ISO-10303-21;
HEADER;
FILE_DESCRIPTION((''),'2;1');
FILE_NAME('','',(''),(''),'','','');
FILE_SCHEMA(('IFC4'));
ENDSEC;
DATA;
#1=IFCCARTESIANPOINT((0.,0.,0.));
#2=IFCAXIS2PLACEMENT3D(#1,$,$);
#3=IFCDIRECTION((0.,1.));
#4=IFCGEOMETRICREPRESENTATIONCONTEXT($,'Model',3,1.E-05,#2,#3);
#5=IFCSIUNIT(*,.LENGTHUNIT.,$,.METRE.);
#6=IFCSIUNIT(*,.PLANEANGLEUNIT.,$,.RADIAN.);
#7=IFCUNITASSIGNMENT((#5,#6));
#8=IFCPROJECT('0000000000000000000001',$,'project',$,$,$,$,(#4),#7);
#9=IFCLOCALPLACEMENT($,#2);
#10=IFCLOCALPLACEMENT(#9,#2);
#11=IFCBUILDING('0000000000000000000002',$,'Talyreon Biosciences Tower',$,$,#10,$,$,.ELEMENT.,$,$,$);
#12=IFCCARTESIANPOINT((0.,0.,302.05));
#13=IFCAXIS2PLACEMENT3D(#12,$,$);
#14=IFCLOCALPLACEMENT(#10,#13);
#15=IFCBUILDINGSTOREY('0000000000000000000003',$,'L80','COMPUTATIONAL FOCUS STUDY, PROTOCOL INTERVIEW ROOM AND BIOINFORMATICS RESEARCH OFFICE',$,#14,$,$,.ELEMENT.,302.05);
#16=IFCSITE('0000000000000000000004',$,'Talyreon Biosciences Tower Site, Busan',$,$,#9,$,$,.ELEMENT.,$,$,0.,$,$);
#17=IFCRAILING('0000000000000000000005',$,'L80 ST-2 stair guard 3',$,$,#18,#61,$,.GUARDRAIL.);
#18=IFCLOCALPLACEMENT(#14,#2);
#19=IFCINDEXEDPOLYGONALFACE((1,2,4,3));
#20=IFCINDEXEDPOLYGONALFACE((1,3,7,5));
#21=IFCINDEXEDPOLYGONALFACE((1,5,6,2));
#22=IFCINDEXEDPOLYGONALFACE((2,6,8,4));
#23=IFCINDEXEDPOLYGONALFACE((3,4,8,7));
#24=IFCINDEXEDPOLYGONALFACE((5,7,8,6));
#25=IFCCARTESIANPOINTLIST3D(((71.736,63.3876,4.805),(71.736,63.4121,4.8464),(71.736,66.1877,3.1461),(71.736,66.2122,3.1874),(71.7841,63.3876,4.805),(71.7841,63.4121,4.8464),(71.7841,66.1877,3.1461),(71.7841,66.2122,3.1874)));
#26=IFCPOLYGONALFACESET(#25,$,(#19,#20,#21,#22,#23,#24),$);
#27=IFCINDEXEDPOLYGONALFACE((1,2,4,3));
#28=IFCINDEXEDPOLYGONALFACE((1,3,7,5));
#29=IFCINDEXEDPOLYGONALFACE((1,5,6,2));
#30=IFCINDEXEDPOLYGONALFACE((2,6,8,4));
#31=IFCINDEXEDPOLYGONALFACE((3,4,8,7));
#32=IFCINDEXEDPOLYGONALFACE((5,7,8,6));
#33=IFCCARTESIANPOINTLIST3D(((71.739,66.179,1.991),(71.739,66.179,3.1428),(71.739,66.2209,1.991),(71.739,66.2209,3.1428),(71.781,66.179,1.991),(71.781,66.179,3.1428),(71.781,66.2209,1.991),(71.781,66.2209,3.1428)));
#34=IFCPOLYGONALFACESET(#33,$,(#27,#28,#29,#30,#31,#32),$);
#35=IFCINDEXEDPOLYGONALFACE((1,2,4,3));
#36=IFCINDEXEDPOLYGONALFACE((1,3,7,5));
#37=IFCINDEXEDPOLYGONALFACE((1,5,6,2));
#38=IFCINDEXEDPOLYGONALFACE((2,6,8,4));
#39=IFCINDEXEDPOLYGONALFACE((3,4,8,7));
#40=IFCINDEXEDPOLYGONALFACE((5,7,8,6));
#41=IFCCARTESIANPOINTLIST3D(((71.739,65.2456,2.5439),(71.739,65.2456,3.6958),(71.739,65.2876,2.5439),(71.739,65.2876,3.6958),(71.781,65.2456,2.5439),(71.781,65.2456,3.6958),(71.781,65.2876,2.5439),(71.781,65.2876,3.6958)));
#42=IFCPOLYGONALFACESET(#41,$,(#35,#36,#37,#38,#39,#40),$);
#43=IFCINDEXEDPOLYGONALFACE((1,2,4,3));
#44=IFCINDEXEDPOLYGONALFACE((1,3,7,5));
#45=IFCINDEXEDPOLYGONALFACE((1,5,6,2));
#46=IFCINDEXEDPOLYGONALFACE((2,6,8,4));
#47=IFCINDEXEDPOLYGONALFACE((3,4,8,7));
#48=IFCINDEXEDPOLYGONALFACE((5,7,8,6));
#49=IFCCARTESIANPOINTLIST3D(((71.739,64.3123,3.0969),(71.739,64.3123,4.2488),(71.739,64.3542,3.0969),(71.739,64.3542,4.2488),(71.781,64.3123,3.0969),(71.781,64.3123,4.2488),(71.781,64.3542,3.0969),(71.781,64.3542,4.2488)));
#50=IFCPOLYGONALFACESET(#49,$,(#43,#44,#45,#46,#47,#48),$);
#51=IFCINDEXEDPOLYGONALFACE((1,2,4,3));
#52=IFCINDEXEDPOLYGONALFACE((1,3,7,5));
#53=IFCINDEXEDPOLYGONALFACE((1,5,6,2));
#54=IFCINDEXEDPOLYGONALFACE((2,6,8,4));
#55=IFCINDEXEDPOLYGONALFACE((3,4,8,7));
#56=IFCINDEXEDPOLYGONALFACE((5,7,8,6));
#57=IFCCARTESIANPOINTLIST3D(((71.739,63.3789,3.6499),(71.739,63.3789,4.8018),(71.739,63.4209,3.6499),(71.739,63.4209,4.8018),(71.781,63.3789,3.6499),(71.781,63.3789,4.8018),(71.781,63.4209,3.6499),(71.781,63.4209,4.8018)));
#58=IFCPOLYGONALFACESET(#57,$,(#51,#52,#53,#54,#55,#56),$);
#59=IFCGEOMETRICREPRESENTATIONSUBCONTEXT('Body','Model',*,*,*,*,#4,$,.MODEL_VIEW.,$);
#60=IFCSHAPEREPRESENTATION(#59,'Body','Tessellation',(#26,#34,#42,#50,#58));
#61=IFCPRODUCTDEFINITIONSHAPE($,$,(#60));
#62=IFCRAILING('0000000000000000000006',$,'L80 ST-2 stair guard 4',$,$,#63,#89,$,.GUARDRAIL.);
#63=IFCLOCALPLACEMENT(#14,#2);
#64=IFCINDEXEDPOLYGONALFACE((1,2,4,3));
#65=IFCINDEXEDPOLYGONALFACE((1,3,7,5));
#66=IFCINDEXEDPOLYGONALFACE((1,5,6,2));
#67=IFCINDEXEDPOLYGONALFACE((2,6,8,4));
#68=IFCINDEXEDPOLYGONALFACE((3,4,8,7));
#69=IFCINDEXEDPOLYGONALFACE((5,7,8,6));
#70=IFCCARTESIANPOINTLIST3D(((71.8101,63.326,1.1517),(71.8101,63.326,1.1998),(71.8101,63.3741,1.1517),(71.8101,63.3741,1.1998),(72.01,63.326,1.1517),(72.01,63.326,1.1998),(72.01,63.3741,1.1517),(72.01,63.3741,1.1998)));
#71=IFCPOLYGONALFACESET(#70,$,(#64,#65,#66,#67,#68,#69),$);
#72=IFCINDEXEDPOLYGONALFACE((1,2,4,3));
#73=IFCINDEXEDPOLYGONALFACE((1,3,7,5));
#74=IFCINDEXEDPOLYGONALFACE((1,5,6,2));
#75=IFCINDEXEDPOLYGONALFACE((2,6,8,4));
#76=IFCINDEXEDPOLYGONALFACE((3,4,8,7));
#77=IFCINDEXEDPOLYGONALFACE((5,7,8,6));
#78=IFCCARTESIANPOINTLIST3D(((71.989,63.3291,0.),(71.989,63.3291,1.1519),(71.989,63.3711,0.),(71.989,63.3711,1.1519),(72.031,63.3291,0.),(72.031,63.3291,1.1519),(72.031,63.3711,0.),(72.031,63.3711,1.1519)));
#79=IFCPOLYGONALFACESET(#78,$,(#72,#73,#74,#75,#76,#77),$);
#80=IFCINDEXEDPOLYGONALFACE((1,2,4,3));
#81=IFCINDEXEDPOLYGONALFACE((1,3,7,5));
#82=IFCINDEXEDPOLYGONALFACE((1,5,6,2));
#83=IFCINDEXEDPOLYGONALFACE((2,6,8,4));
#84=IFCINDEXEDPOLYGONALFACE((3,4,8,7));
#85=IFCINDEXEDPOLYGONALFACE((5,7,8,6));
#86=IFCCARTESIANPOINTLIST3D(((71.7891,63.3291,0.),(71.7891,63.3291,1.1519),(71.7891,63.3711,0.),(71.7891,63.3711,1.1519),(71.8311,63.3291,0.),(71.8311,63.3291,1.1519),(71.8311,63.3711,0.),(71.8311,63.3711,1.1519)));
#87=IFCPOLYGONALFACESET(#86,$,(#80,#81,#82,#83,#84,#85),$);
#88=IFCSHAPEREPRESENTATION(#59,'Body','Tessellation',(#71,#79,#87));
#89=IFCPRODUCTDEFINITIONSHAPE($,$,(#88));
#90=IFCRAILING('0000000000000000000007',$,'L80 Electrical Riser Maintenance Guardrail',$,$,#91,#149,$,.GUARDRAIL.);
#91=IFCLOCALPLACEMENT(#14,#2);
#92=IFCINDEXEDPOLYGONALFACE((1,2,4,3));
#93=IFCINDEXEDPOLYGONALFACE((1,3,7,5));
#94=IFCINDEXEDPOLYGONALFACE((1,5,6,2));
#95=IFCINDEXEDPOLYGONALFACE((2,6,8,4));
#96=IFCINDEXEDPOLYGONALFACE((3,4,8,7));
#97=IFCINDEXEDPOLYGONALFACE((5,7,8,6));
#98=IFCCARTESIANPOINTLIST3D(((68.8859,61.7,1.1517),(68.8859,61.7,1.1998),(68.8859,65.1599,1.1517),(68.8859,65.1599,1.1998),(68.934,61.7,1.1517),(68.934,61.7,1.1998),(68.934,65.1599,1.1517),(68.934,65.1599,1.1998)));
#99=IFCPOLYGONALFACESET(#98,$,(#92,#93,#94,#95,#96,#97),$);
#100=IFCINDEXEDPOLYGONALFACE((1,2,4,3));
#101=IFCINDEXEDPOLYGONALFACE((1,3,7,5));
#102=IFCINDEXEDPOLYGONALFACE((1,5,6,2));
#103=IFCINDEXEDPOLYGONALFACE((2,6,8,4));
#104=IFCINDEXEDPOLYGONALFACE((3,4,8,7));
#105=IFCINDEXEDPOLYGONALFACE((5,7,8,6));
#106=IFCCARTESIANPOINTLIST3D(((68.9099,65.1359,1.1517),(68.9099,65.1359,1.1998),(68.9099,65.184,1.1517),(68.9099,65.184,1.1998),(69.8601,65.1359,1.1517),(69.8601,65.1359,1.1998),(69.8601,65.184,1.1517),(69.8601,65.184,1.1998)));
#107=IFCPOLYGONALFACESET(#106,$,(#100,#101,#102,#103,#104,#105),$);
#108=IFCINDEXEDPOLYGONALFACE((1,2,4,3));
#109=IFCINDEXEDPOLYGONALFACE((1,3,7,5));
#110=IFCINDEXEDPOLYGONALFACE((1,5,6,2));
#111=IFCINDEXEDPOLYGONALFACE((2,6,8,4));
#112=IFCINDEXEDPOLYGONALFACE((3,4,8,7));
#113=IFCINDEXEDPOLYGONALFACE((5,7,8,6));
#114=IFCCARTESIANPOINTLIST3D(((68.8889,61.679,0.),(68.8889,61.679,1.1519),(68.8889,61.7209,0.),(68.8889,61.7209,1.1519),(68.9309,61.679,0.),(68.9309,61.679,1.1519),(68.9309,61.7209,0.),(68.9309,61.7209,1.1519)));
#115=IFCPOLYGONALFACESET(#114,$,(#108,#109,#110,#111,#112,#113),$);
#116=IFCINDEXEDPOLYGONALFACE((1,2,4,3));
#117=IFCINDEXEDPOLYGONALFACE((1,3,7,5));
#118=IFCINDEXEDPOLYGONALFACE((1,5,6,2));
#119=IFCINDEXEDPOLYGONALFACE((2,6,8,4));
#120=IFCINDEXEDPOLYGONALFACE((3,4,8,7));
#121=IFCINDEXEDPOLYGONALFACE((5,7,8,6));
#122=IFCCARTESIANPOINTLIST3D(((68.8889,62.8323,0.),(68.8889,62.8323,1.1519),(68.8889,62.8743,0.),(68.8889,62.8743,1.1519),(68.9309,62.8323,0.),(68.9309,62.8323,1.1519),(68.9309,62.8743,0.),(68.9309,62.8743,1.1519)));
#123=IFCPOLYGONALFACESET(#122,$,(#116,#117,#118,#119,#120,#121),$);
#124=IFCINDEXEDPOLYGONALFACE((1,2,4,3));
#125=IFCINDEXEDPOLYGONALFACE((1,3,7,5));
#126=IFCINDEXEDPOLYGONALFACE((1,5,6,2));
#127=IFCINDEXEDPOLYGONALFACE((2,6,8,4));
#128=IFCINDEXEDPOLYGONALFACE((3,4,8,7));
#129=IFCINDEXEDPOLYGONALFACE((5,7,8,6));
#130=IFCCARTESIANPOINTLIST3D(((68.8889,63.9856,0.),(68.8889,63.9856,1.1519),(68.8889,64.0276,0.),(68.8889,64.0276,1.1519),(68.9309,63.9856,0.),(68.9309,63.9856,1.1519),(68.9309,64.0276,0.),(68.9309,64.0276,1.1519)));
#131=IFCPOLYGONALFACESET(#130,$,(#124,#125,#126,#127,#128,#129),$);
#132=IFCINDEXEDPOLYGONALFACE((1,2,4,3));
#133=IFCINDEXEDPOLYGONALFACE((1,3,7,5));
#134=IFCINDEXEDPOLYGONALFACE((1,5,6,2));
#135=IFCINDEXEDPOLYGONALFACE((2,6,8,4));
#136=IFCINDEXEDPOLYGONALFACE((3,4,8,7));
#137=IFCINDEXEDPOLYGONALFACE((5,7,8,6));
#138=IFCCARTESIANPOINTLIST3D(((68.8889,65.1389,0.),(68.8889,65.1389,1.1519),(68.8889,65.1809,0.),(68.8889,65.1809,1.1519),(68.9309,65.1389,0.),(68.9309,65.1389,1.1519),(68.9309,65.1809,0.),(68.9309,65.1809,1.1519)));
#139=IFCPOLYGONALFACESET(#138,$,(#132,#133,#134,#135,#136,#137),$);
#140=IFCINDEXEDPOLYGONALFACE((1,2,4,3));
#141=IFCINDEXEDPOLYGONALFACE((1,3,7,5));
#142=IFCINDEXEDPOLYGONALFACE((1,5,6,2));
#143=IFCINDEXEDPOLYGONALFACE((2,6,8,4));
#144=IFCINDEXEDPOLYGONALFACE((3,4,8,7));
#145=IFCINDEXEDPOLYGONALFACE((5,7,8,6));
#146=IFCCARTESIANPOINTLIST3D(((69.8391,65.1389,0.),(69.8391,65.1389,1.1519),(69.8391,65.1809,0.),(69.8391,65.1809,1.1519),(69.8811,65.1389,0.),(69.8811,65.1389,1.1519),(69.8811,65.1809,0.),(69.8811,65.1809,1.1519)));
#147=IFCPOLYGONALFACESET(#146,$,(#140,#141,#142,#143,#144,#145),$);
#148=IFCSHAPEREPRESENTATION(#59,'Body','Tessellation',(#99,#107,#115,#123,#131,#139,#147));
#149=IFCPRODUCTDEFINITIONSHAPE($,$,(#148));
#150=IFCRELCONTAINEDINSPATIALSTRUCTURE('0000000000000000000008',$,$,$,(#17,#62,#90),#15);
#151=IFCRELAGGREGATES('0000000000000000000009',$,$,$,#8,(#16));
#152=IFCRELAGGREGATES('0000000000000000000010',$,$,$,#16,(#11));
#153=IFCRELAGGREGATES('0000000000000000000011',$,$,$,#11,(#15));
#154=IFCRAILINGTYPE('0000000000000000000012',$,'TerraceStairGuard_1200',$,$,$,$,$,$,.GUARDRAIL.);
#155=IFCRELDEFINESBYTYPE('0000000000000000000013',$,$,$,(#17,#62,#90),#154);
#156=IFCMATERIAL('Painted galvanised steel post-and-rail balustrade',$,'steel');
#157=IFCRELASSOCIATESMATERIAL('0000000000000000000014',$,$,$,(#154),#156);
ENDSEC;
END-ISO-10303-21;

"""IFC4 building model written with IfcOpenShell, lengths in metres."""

from ifc_helpers import new_model, si_unit, direction, frame, origin, origin_2d, place, context, subcontext, project, spatial, rectangle, extrude, material, type_object, element, save


model = new_model("IFC4")

# Units and contexts
model_context = context("Model", 3, precision=1e-05, world=origin(), true_north=direction((0.0, 1.0)))
body_context = subcontext(model_context, "Body", "Model", "MODEL_VIEW")
ifc_project = project(units=[si_unit("LENGTHUNIT", "METRE"), si_unit("PLANEANGLEUNIT", "RADIAN")], contexts=[model_context])

# Site, building, storey
site_placement = place(None, origin())
site = spatial("IfcSite", under=ifc_project, at=site_placement, Name="Talyreon Biosciences Tower Site, Busan", CompositionType="ELEMENT", RefElevation=0.0)
building_placement = place(site_placement, origin())
building = spatial("IfcBuilding", under=site, at=building_placement, Name="Talyreon Biosciences Tower", CompositionType="ELEMENT")
storey_placement = place(building_placement, frame((0.0, 0.0, 302.05)))
storey = spatial("IfcBuildingStorey", under=building, at=storey_placement, Name="L80", Description="COMPUTATIONAL FOCUS STUDY, PROTOCOL INTERVIEW ROOM AND BIOINFORMATICS RESEARCH OFFICE", CompositionType="ELEMENT", Elevation=302.05)

# Railings
ifc_material_1 = material(Name="Painted galvanised steel post-and-rail balustrade", Category="steel")
railing_type_1 = type_object("IfcRailingType", Name="TerraceStairGuard_1200", PredefinedType="GUARDRAIL", material=ifc_material_1)
railing_1_placement = place(storey_placement, frame((71.76, 66.2, 1.991)))
element("IfcRailing", 1, at=railing_1_placement, inside=storey, type_object=railing_type_1, Name="L80 ST-2 stair guard 3", PredefinedType="GUARDRAIL", context=body_context, shape_type="SweptSolid", body=[
    extrude(rectangle(XDim=0.0481, YDim=0.0481, at=origin_2d()), frame((0.0, 0.0, 1.1758), z_axis=(0.0, -0.860339, 0.509722), x_axis=(1.0, 0.0, 0.0)), (0.0, 0.0, 1.0), 3.2546),
    extrude(rectangle(XDim=0.042, YDim=0.042, at=origin_2d()), origin(), (0.0, 0.0, 1.0), 1.1519),
    extrude(rectangle(XDim=0.042, YDim=0.042, at=origin_2d()), frame((0.0, -0.9333, 0.553)), (0.0, 0.0, 1.0), 1.1519),
    extrude(rectangle(XDim=0.042, YDim=0.042, at=origin_2d()), frame((0.0, -1.8667, 1.106)), (0.0, 0.0, 1.0), 1.1519),
    extrude(rectangle(XDim=0.042, YDim=0.042, at=origin_2d()), frame((0.0, -2.8, 1.6589)), (0.0, 0.0, 1.0), 1.1519),
])
railing_2_placement = place(storey_placement, frame((72.01, 63.3501, 0.0)))
element("IfcRailing", 2, at=railing_2_placement, inside=storey, type_object=railing_type_1, Name="L80 ST-2 stair guard 4", PredefinedType="GUARDRAIL", context=body_context, shape_type="SweptSolid", body=[
    extrude(rectangle(XDim=0.0481, YDim=0.0481, at=origin_2d()), frame((0.0, 0.0, 1.1758), z_axis=(-1.0, 0.0, 0.0), x_axis=(0.0, -1.0, 0.0)), (0.0, 0.0, 1.0), 0.2),
    extrude(rectangle(XDim=0.042, YDim=0.042, at=origin_2d()), origin(), (0.0, 0.0, 1.0), 1.1519),
    extrude(rectangle(XDim=0.042, YDim=0.042, at=origin_2d()), frame((-0.2, 0.0, 0.0)), (0.0, 0.0, 1.0), 1.1519),
])
railing_3_placement = place(storey_placement, frame((68.9099, 61.7, 0.0)))
element("IfcRailing", 3, at=railing_3_placement, inside=storey, type_object=railing_type_1, Name="L80 Electrical Riser Maintenance Guardrail", PredefinedType="GUARDRAIL", context=body_context, shape_type="SweptSolid", body=[
    extrude(rectangle(XDim=0.0481, YDim=0.0481, at=origin_2d()), frame((0.0, 0.0, 1.1758), z_axis=(0.0, 1.0, 0.0), x_axis=(-1.0, 0.0, 0.0)), (0.0, 0.0, 1.0), 3.46),
    extrude(rectangle(XDim=0.0481, YDim=0.0481, at=origin_2d()), frame((0.0, 3.46, 1.1758), z_axis=(1.0, 0.0, 0.0), x_axis=(0.0, 1.0, 0.0)), (0.0, 0.0, 1.0), 0.9502),
    extrude(rectangle(XDim=0.042, YDim=0.042, at=origin_2d()), origin(), (0.0, 0.0, 1.0), 1.1519),
    extrude(rectangle(XDim=0.042, YDim=0.042, at=origin_2d()), frame((0.0, 1.1533, 0.0)), (0.0, 0.0, 1.0), 1.1519),
    extrude(rectangle(XDim=0.042, YDim=0.042, at=origin_2d()), frame((0.0, 2.3066, 0.0)), (0.0, 0.0, 1.0), 1.1519),
    extrude(rectangle(XDim=0.042, YDim=0.042, at=origin_2d()), frame((0.0, 3.46, 0.0)), (0.0, 0.0, 1.0), 1.1519),
    extrude(rectangle(XDim=0.042, YDim=0.042, at=origin_2d()), frame((0.9502, 3.46, 0.0)), (0.0, 0.0, 1.0), 1.1519),
])

save(model, "model.ifc")
